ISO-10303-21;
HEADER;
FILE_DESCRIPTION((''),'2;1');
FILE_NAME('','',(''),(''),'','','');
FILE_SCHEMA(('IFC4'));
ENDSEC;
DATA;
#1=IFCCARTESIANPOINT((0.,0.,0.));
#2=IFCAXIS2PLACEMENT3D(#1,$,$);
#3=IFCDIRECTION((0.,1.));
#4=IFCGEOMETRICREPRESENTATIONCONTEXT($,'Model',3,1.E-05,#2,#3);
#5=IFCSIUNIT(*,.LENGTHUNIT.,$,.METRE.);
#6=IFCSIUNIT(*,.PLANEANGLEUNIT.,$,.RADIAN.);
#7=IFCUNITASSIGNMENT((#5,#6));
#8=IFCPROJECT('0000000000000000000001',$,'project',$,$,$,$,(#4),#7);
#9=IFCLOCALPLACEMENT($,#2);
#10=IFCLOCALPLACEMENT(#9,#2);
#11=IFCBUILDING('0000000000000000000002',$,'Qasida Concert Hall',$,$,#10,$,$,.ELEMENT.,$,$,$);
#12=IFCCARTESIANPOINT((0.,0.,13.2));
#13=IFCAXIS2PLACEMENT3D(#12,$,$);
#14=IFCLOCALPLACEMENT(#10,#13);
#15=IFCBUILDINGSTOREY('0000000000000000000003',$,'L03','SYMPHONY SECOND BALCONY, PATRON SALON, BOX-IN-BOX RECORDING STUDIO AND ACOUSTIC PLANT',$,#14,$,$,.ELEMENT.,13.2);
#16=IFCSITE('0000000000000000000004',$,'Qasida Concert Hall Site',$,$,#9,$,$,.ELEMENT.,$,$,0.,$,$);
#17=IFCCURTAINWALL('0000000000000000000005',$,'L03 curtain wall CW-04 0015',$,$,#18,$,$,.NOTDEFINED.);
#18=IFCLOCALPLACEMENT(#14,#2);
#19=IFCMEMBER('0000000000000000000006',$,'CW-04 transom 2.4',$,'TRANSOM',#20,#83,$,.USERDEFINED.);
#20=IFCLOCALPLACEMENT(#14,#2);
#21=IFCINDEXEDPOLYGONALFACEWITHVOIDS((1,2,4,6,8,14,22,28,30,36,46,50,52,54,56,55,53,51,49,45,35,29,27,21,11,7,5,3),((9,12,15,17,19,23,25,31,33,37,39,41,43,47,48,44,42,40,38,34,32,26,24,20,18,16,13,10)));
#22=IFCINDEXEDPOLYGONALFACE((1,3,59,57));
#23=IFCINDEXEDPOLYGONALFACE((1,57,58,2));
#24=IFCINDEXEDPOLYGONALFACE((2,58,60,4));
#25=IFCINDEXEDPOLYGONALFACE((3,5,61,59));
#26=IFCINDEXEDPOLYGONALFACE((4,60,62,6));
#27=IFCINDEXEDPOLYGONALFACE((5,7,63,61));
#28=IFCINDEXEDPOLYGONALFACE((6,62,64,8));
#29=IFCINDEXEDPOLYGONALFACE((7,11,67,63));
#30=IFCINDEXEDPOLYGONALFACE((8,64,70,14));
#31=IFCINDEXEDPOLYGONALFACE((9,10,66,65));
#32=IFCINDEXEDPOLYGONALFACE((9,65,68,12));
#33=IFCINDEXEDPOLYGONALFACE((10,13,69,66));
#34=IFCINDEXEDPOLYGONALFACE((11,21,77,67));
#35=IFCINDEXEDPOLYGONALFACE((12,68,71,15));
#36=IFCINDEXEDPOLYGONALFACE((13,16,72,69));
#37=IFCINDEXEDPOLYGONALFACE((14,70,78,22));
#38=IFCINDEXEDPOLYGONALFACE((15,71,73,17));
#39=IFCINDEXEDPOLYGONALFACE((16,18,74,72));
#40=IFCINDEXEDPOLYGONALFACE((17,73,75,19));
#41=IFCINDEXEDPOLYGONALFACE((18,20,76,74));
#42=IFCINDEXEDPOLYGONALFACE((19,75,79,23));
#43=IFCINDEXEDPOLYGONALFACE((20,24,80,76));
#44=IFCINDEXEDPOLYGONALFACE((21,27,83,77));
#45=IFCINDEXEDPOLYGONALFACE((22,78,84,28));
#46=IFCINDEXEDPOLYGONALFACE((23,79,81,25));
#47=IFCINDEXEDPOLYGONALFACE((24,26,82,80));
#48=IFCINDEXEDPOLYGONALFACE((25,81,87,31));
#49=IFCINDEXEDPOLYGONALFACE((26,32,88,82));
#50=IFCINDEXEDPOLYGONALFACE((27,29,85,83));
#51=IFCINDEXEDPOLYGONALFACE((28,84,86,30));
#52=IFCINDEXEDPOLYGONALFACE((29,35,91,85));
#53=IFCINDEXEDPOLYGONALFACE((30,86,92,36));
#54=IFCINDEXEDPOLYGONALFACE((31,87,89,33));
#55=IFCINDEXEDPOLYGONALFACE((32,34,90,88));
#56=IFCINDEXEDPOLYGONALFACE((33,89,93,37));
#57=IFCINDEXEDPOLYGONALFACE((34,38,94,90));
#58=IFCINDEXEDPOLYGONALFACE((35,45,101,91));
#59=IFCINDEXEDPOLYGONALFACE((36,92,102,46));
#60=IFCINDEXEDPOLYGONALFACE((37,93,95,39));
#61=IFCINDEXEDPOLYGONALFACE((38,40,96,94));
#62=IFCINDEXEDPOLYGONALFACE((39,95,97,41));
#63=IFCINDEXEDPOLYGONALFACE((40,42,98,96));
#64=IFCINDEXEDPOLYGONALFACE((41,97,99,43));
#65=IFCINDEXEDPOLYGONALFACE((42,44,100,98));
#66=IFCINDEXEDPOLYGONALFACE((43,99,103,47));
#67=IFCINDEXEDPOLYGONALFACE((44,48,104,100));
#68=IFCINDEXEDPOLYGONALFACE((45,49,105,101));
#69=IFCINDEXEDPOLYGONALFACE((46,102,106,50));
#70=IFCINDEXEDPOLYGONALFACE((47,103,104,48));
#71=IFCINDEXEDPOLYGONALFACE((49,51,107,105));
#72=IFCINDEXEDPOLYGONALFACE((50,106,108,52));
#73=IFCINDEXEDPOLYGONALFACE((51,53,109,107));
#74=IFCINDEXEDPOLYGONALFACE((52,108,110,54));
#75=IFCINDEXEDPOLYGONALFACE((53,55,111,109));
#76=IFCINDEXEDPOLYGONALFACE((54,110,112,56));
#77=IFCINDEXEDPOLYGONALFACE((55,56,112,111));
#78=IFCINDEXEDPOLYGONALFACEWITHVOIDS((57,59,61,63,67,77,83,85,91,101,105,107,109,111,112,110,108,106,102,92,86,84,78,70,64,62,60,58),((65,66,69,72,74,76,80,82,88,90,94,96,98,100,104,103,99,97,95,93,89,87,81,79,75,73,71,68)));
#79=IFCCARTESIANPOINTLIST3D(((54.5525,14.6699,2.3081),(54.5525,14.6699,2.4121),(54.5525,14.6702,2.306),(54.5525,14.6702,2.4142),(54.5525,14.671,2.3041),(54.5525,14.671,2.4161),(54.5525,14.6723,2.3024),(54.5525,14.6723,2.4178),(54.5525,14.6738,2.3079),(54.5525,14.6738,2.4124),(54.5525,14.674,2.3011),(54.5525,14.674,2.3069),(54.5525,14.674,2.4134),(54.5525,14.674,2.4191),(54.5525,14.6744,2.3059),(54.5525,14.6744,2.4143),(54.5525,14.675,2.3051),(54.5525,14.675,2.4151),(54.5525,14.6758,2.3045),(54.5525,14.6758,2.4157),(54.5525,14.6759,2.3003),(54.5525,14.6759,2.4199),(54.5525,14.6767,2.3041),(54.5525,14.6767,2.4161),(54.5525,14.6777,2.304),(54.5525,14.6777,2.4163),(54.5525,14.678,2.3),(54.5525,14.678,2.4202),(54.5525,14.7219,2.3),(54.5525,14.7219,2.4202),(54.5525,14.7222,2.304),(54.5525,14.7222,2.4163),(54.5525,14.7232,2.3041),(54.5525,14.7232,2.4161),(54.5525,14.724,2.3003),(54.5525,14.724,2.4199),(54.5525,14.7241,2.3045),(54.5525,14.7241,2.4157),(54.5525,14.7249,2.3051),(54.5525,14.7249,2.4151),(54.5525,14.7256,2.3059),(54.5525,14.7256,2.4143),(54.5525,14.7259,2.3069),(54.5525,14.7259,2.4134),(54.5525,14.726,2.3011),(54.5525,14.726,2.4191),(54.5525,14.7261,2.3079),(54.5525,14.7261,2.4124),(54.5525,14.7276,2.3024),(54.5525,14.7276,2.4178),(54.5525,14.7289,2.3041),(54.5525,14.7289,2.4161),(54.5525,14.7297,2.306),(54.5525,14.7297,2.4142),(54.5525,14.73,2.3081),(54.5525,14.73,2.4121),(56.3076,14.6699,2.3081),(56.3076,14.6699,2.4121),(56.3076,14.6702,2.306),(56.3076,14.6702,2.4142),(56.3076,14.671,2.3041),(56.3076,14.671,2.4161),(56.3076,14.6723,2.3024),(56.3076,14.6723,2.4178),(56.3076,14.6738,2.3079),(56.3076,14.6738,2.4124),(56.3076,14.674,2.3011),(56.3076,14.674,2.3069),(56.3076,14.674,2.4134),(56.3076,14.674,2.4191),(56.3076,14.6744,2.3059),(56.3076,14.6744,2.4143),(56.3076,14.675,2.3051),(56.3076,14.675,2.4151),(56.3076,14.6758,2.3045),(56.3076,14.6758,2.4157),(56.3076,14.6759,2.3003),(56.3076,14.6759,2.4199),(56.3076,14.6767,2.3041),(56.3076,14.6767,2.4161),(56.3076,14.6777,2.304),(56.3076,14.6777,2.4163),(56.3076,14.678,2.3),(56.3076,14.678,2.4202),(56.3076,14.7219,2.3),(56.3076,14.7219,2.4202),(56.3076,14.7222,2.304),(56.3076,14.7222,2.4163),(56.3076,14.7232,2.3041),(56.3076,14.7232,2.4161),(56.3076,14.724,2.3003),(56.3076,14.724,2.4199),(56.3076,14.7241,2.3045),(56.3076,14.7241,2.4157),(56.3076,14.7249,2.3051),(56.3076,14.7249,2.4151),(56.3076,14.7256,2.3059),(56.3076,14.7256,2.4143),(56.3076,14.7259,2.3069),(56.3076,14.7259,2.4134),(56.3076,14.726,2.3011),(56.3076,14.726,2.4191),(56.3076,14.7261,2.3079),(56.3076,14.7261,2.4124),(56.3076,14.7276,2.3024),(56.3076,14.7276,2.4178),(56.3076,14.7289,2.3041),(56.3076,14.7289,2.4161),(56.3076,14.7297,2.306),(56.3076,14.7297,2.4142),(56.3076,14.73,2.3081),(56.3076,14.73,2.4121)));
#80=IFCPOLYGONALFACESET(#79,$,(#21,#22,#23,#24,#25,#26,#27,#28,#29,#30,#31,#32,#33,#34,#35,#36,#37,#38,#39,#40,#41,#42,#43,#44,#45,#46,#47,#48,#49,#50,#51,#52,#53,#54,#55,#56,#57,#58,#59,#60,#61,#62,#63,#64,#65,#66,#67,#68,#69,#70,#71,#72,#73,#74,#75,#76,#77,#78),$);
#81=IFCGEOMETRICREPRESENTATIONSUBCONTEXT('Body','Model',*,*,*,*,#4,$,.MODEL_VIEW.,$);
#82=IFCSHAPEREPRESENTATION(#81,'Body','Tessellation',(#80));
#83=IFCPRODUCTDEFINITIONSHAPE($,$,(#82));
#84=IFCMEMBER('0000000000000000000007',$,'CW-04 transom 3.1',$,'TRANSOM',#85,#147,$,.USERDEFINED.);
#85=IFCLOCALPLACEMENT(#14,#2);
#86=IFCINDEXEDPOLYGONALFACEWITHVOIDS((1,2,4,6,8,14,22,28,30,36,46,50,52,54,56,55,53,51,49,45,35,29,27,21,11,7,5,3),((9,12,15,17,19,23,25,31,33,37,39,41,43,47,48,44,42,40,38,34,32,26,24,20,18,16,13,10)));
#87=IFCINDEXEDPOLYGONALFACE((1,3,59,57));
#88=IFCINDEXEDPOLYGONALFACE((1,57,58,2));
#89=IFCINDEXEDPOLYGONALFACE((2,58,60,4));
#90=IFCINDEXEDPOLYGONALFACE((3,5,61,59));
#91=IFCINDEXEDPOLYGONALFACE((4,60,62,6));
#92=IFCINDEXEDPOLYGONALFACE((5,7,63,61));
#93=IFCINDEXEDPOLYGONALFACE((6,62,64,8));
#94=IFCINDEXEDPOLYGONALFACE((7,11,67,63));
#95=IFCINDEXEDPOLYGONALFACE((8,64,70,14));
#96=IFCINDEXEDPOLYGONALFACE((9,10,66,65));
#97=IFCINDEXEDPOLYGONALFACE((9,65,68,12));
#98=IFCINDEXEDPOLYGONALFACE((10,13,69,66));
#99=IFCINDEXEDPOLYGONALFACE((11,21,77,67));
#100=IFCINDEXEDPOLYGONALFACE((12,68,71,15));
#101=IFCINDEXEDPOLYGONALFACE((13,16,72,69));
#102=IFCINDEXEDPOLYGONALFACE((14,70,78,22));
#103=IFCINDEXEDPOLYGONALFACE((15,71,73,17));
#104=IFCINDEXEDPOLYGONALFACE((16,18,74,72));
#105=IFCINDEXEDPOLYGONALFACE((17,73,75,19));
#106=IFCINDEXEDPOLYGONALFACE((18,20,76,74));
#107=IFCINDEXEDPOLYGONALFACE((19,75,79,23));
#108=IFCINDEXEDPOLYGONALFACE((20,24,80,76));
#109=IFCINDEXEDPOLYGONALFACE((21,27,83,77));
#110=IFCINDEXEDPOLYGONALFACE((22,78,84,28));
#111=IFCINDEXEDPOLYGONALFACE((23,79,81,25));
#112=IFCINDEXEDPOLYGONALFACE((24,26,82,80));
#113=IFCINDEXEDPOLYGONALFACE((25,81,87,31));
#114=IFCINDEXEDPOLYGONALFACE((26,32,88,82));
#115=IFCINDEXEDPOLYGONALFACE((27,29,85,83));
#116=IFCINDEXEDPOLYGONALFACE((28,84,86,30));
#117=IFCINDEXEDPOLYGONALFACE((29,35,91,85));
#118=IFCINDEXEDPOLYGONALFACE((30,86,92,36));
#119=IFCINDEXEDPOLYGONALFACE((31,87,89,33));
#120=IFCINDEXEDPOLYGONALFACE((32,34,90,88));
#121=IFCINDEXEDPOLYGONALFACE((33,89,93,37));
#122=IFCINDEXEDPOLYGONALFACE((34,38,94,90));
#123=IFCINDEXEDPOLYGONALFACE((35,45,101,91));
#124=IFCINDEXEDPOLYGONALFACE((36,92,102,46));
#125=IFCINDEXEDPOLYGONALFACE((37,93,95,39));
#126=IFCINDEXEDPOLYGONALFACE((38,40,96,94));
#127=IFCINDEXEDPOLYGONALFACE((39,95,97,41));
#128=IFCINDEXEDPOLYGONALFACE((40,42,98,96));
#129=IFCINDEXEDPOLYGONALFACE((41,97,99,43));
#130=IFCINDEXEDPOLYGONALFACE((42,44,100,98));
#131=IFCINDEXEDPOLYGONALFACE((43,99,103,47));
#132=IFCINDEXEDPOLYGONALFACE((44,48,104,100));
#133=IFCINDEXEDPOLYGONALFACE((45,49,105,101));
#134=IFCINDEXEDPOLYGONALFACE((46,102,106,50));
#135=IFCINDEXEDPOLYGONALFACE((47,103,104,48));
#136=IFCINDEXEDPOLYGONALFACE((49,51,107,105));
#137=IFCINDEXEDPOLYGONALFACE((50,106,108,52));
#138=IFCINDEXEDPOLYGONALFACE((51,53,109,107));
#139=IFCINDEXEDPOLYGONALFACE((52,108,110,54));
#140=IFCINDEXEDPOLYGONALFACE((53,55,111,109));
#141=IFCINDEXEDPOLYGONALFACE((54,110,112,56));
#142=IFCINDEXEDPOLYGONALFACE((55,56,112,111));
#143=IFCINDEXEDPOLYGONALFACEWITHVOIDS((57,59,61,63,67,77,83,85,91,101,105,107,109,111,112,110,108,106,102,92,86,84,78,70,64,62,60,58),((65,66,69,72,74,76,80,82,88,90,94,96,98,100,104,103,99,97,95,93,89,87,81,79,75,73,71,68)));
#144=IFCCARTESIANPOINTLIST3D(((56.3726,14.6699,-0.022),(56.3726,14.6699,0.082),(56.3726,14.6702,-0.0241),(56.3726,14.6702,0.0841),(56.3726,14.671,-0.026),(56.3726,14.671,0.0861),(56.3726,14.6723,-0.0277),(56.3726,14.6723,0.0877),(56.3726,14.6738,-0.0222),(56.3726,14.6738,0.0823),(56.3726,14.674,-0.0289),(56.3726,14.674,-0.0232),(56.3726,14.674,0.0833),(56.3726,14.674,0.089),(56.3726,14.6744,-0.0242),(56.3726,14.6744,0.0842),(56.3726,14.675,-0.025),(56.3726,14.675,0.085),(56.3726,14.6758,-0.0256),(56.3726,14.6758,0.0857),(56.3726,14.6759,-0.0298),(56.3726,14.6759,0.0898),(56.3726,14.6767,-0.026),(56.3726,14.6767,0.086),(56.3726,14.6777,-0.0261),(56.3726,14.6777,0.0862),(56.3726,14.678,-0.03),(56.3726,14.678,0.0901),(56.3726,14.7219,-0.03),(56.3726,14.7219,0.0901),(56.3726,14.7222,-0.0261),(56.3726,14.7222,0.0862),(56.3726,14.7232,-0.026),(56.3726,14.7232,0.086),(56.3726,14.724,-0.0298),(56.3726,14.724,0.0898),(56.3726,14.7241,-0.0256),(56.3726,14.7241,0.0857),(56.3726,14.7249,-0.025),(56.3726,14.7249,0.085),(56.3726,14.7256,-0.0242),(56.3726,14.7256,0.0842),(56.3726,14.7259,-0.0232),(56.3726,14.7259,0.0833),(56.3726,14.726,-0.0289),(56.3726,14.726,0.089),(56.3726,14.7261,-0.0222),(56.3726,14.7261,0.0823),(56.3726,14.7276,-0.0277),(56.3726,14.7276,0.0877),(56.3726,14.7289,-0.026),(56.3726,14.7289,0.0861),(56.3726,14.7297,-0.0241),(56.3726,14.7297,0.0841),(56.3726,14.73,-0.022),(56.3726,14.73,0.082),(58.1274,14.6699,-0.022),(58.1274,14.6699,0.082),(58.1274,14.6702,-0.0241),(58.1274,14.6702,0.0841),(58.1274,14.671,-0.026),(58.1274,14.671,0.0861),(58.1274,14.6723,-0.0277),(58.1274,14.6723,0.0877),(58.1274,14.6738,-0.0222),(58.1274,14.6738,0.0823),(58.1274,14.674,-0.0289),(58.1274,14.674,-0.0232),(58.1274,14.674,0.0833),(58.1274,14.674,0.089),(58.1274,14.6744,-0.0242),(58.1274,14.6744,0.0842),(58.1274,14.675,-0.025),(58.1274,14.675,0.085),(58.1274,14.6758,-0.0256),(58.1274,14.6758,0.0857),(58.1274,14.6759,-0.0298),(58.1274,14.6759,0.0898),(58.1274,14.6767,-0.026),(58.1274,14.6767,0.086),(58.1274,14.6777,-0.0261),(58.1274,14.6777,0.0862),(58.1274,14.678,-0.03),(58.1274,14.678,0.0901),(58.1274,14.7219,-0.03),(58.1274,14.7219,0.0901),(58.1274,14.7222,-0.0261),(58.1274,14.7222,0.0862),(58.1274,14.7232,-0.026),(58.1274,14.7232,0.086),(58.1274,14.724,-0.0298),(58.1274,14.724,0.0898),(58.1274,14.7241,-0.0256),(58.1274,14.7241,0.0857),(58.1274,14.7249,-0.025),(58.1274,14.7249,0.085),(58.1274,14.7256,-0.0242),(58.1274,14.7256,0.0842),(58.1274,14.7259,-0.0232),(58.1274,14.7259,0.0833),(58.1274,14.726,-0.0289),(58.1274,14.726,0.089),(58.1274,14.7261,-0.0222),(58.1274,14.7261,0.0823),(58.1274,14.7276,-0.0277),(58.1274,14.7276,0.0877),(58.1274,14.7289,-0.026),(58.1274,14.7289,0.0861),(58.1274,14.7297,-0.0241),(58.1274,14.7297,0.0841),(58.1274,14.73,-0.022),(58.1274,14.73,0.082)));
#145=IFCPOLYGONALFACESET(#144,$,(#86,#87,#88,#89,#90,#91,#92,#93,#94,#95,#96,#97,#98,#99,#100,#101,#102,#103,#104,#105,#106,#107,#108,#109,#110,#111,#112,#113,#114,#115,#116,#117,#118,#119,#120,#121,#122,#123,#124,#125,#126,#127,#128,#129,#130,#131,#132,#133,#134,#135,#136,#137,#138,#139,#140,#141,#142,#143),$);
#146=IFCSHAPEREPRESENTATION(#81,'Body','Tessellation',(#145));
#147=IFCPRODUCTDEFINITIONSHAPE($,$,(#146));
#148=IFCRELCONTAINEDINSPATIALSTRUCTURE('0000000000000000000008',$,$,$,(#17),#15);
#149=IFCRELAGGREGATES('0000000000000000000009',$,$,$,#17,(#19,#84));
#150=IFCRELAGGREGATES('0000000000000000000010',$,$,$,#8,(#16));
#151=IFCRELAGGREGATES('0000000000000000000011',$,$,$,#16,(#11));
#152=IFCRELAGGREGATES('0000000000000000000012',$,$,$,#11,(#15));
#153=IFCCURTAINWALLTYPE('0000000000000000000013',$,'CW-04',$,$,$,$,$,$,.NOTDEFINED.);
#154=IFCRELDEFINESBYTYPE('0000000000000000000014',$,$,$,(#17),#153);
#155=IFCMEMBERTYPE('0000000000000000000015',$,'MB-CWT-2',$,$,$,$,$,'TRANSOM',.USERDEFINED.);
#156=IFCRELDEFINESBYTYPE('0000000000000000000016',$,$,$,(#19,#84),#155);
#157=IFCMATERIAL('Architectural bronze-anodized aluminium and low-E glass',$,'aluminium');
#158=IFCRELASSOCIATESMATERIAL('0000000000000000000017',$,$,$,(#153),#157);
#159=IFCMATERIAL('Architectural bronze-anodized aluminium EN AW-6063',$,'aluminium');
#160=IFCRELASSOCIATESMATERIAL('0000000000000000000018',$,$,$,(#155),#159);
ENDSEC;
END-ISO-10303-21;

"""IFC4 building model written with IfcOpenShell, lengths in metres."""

from ifc_helpers import new_model, si_unit, direction, frame, origin, origin_2d, place, context, subcontext, project, spatial, hollow_rectangle, extrude, material, material_profile, profile_set, type_object, element, aggregate, save


model = new_model("IFC4")

# Units and contexts
model_context = context("Model", 3, precision=1e-05, world=origin(), true_north=direction((0.0, 1.0)))
body_context = subcontext(model_context, "Body", "Model", "MODEL_VIEW")
ifc_project = project(units=[si_unit("LENGTHUNIT", "METRE"), si_unit("PLANEANGLEUNIT", "RADIAN")], contexts=[model_context])

# Site, building, storey
site_placement = place(None, origin())
site = spatial("IfcSite", under=ifc_project, at=site_placement, Name="Qasida Concert Hall Site", CompositionType="ELEMENT", RefElevation=0.0)
building_placement = place(site_placement, origin())
building = spatial("IfcBuilding", under=site, at=building_placement, Name="Qasida Concert Hall", CompositionType="ELEMENT")
storey_placement = place(building_placement, frame((0.0, 0.0, 13.2)))
storey = spatial("IfcBuildingStorey", under=building, at=storey_placement, Name="L03", Description="SYMPHONY SECOND BALCONY, PATRON SALON, BOX-IN-BOX RECORDING STUDIO AND ACOUSTIC PLANT", CompositionType="ELEMENT", Elevation=13.2)

# Curtain wall, members
ifc_material_1 = material(Name="Architectural bronze-anodized aluminium and low-E glass", Category="aluminium")
curtain_wall_type = type_object("IfcCurtainWallType", Name="CW-04", PredefinedType="NOTDEFINED", material=ifc_material_1)
curtain_wall_placement = place(storey_placement, origin())
curtain_wall = element("IfcCurtainWall", 1, at=curtain_wall_placement, inside=storey, type_object=curtain_wall_type, Name="L03 curtain wall CW-04 0015", PredefinedType="NOTDEFINED")
ifc_material_2 = material(Name="Architectural bronze-anodized aluminium EN AW-6063", Category="aluminium")
ifc_material_profile_1 = material_profile(ifc_material_2, hollow_rectangle(XDim=0.0601, YDim=0.1201, WallThickness=0.0039, InnerFilletRadius=0.0039, OuterFilletRadius=0.0081, at=origin_2d()), Name="CWT 120x60x4")
ifc_profile_set_1 = profile_set([ifc_material_profile_1], Name="Architectural bronze-anodized aluminium EN AW-6063")
member_type_1 = type_object("IfcMemberType", Name="MB-CWT-2", ElementType="TRANSOM", PredefinedType="USERDEFINED", material=ifc_profile_set_1)
member_1_placement = place(storey_placement, frame((54.5525, 14.7, 2.3601), z_axis=(1.0, 0.0, 0.0), x_axis=(0.0, 1.0, 0.0)))
member_1 = element("IfcMember", 2, at=member_1_placement, type_object=member_type_1, Name="CW-04 transom 2.4", ObjectType="TRANSOM", PredefinedType="USERDEFINED", context=body_context, shape_type="SweptSolid", body=[
    extrude(hollow_rectangle(XDim=0.0601, YDim=0.1201, WallThickness=0.0039, InnerFilletRadius=0.0039, OuterFilletRadius=0.0081, at=origin_2d()), origin(), (0.0, 0.0, 1.0), 1.7551),
])
member_2_placement = place(storey_placement, frame((56.3726, 14.7, 0.03), z_axis=(1.0, 0.0, 0.0), x_axis=(0.0, 1.0, 0.0)))
member_2 = element("IfcMember", 3, at=member_2_placement, type_object=member_type_1, Name="CW-04 transom 3.1", ObjectType="TRANSOM", PredefinedType="USERDEFINED", context=body_context, shape_type="SweptSolid", body=[
    extrude(hollow_rectangle(XDim=0.0601, YDim=0.1201, WallThickness=0.0039, InnerFilletRadius=0.0039, OuterFilletRadius=0.0081, at=origin_2d()), origin(), (0.0, 0.0, 1.0), 1.7549),
])

aggregate(curtain_wall, [member_1, member_2])

save(model, "model.ifc")
